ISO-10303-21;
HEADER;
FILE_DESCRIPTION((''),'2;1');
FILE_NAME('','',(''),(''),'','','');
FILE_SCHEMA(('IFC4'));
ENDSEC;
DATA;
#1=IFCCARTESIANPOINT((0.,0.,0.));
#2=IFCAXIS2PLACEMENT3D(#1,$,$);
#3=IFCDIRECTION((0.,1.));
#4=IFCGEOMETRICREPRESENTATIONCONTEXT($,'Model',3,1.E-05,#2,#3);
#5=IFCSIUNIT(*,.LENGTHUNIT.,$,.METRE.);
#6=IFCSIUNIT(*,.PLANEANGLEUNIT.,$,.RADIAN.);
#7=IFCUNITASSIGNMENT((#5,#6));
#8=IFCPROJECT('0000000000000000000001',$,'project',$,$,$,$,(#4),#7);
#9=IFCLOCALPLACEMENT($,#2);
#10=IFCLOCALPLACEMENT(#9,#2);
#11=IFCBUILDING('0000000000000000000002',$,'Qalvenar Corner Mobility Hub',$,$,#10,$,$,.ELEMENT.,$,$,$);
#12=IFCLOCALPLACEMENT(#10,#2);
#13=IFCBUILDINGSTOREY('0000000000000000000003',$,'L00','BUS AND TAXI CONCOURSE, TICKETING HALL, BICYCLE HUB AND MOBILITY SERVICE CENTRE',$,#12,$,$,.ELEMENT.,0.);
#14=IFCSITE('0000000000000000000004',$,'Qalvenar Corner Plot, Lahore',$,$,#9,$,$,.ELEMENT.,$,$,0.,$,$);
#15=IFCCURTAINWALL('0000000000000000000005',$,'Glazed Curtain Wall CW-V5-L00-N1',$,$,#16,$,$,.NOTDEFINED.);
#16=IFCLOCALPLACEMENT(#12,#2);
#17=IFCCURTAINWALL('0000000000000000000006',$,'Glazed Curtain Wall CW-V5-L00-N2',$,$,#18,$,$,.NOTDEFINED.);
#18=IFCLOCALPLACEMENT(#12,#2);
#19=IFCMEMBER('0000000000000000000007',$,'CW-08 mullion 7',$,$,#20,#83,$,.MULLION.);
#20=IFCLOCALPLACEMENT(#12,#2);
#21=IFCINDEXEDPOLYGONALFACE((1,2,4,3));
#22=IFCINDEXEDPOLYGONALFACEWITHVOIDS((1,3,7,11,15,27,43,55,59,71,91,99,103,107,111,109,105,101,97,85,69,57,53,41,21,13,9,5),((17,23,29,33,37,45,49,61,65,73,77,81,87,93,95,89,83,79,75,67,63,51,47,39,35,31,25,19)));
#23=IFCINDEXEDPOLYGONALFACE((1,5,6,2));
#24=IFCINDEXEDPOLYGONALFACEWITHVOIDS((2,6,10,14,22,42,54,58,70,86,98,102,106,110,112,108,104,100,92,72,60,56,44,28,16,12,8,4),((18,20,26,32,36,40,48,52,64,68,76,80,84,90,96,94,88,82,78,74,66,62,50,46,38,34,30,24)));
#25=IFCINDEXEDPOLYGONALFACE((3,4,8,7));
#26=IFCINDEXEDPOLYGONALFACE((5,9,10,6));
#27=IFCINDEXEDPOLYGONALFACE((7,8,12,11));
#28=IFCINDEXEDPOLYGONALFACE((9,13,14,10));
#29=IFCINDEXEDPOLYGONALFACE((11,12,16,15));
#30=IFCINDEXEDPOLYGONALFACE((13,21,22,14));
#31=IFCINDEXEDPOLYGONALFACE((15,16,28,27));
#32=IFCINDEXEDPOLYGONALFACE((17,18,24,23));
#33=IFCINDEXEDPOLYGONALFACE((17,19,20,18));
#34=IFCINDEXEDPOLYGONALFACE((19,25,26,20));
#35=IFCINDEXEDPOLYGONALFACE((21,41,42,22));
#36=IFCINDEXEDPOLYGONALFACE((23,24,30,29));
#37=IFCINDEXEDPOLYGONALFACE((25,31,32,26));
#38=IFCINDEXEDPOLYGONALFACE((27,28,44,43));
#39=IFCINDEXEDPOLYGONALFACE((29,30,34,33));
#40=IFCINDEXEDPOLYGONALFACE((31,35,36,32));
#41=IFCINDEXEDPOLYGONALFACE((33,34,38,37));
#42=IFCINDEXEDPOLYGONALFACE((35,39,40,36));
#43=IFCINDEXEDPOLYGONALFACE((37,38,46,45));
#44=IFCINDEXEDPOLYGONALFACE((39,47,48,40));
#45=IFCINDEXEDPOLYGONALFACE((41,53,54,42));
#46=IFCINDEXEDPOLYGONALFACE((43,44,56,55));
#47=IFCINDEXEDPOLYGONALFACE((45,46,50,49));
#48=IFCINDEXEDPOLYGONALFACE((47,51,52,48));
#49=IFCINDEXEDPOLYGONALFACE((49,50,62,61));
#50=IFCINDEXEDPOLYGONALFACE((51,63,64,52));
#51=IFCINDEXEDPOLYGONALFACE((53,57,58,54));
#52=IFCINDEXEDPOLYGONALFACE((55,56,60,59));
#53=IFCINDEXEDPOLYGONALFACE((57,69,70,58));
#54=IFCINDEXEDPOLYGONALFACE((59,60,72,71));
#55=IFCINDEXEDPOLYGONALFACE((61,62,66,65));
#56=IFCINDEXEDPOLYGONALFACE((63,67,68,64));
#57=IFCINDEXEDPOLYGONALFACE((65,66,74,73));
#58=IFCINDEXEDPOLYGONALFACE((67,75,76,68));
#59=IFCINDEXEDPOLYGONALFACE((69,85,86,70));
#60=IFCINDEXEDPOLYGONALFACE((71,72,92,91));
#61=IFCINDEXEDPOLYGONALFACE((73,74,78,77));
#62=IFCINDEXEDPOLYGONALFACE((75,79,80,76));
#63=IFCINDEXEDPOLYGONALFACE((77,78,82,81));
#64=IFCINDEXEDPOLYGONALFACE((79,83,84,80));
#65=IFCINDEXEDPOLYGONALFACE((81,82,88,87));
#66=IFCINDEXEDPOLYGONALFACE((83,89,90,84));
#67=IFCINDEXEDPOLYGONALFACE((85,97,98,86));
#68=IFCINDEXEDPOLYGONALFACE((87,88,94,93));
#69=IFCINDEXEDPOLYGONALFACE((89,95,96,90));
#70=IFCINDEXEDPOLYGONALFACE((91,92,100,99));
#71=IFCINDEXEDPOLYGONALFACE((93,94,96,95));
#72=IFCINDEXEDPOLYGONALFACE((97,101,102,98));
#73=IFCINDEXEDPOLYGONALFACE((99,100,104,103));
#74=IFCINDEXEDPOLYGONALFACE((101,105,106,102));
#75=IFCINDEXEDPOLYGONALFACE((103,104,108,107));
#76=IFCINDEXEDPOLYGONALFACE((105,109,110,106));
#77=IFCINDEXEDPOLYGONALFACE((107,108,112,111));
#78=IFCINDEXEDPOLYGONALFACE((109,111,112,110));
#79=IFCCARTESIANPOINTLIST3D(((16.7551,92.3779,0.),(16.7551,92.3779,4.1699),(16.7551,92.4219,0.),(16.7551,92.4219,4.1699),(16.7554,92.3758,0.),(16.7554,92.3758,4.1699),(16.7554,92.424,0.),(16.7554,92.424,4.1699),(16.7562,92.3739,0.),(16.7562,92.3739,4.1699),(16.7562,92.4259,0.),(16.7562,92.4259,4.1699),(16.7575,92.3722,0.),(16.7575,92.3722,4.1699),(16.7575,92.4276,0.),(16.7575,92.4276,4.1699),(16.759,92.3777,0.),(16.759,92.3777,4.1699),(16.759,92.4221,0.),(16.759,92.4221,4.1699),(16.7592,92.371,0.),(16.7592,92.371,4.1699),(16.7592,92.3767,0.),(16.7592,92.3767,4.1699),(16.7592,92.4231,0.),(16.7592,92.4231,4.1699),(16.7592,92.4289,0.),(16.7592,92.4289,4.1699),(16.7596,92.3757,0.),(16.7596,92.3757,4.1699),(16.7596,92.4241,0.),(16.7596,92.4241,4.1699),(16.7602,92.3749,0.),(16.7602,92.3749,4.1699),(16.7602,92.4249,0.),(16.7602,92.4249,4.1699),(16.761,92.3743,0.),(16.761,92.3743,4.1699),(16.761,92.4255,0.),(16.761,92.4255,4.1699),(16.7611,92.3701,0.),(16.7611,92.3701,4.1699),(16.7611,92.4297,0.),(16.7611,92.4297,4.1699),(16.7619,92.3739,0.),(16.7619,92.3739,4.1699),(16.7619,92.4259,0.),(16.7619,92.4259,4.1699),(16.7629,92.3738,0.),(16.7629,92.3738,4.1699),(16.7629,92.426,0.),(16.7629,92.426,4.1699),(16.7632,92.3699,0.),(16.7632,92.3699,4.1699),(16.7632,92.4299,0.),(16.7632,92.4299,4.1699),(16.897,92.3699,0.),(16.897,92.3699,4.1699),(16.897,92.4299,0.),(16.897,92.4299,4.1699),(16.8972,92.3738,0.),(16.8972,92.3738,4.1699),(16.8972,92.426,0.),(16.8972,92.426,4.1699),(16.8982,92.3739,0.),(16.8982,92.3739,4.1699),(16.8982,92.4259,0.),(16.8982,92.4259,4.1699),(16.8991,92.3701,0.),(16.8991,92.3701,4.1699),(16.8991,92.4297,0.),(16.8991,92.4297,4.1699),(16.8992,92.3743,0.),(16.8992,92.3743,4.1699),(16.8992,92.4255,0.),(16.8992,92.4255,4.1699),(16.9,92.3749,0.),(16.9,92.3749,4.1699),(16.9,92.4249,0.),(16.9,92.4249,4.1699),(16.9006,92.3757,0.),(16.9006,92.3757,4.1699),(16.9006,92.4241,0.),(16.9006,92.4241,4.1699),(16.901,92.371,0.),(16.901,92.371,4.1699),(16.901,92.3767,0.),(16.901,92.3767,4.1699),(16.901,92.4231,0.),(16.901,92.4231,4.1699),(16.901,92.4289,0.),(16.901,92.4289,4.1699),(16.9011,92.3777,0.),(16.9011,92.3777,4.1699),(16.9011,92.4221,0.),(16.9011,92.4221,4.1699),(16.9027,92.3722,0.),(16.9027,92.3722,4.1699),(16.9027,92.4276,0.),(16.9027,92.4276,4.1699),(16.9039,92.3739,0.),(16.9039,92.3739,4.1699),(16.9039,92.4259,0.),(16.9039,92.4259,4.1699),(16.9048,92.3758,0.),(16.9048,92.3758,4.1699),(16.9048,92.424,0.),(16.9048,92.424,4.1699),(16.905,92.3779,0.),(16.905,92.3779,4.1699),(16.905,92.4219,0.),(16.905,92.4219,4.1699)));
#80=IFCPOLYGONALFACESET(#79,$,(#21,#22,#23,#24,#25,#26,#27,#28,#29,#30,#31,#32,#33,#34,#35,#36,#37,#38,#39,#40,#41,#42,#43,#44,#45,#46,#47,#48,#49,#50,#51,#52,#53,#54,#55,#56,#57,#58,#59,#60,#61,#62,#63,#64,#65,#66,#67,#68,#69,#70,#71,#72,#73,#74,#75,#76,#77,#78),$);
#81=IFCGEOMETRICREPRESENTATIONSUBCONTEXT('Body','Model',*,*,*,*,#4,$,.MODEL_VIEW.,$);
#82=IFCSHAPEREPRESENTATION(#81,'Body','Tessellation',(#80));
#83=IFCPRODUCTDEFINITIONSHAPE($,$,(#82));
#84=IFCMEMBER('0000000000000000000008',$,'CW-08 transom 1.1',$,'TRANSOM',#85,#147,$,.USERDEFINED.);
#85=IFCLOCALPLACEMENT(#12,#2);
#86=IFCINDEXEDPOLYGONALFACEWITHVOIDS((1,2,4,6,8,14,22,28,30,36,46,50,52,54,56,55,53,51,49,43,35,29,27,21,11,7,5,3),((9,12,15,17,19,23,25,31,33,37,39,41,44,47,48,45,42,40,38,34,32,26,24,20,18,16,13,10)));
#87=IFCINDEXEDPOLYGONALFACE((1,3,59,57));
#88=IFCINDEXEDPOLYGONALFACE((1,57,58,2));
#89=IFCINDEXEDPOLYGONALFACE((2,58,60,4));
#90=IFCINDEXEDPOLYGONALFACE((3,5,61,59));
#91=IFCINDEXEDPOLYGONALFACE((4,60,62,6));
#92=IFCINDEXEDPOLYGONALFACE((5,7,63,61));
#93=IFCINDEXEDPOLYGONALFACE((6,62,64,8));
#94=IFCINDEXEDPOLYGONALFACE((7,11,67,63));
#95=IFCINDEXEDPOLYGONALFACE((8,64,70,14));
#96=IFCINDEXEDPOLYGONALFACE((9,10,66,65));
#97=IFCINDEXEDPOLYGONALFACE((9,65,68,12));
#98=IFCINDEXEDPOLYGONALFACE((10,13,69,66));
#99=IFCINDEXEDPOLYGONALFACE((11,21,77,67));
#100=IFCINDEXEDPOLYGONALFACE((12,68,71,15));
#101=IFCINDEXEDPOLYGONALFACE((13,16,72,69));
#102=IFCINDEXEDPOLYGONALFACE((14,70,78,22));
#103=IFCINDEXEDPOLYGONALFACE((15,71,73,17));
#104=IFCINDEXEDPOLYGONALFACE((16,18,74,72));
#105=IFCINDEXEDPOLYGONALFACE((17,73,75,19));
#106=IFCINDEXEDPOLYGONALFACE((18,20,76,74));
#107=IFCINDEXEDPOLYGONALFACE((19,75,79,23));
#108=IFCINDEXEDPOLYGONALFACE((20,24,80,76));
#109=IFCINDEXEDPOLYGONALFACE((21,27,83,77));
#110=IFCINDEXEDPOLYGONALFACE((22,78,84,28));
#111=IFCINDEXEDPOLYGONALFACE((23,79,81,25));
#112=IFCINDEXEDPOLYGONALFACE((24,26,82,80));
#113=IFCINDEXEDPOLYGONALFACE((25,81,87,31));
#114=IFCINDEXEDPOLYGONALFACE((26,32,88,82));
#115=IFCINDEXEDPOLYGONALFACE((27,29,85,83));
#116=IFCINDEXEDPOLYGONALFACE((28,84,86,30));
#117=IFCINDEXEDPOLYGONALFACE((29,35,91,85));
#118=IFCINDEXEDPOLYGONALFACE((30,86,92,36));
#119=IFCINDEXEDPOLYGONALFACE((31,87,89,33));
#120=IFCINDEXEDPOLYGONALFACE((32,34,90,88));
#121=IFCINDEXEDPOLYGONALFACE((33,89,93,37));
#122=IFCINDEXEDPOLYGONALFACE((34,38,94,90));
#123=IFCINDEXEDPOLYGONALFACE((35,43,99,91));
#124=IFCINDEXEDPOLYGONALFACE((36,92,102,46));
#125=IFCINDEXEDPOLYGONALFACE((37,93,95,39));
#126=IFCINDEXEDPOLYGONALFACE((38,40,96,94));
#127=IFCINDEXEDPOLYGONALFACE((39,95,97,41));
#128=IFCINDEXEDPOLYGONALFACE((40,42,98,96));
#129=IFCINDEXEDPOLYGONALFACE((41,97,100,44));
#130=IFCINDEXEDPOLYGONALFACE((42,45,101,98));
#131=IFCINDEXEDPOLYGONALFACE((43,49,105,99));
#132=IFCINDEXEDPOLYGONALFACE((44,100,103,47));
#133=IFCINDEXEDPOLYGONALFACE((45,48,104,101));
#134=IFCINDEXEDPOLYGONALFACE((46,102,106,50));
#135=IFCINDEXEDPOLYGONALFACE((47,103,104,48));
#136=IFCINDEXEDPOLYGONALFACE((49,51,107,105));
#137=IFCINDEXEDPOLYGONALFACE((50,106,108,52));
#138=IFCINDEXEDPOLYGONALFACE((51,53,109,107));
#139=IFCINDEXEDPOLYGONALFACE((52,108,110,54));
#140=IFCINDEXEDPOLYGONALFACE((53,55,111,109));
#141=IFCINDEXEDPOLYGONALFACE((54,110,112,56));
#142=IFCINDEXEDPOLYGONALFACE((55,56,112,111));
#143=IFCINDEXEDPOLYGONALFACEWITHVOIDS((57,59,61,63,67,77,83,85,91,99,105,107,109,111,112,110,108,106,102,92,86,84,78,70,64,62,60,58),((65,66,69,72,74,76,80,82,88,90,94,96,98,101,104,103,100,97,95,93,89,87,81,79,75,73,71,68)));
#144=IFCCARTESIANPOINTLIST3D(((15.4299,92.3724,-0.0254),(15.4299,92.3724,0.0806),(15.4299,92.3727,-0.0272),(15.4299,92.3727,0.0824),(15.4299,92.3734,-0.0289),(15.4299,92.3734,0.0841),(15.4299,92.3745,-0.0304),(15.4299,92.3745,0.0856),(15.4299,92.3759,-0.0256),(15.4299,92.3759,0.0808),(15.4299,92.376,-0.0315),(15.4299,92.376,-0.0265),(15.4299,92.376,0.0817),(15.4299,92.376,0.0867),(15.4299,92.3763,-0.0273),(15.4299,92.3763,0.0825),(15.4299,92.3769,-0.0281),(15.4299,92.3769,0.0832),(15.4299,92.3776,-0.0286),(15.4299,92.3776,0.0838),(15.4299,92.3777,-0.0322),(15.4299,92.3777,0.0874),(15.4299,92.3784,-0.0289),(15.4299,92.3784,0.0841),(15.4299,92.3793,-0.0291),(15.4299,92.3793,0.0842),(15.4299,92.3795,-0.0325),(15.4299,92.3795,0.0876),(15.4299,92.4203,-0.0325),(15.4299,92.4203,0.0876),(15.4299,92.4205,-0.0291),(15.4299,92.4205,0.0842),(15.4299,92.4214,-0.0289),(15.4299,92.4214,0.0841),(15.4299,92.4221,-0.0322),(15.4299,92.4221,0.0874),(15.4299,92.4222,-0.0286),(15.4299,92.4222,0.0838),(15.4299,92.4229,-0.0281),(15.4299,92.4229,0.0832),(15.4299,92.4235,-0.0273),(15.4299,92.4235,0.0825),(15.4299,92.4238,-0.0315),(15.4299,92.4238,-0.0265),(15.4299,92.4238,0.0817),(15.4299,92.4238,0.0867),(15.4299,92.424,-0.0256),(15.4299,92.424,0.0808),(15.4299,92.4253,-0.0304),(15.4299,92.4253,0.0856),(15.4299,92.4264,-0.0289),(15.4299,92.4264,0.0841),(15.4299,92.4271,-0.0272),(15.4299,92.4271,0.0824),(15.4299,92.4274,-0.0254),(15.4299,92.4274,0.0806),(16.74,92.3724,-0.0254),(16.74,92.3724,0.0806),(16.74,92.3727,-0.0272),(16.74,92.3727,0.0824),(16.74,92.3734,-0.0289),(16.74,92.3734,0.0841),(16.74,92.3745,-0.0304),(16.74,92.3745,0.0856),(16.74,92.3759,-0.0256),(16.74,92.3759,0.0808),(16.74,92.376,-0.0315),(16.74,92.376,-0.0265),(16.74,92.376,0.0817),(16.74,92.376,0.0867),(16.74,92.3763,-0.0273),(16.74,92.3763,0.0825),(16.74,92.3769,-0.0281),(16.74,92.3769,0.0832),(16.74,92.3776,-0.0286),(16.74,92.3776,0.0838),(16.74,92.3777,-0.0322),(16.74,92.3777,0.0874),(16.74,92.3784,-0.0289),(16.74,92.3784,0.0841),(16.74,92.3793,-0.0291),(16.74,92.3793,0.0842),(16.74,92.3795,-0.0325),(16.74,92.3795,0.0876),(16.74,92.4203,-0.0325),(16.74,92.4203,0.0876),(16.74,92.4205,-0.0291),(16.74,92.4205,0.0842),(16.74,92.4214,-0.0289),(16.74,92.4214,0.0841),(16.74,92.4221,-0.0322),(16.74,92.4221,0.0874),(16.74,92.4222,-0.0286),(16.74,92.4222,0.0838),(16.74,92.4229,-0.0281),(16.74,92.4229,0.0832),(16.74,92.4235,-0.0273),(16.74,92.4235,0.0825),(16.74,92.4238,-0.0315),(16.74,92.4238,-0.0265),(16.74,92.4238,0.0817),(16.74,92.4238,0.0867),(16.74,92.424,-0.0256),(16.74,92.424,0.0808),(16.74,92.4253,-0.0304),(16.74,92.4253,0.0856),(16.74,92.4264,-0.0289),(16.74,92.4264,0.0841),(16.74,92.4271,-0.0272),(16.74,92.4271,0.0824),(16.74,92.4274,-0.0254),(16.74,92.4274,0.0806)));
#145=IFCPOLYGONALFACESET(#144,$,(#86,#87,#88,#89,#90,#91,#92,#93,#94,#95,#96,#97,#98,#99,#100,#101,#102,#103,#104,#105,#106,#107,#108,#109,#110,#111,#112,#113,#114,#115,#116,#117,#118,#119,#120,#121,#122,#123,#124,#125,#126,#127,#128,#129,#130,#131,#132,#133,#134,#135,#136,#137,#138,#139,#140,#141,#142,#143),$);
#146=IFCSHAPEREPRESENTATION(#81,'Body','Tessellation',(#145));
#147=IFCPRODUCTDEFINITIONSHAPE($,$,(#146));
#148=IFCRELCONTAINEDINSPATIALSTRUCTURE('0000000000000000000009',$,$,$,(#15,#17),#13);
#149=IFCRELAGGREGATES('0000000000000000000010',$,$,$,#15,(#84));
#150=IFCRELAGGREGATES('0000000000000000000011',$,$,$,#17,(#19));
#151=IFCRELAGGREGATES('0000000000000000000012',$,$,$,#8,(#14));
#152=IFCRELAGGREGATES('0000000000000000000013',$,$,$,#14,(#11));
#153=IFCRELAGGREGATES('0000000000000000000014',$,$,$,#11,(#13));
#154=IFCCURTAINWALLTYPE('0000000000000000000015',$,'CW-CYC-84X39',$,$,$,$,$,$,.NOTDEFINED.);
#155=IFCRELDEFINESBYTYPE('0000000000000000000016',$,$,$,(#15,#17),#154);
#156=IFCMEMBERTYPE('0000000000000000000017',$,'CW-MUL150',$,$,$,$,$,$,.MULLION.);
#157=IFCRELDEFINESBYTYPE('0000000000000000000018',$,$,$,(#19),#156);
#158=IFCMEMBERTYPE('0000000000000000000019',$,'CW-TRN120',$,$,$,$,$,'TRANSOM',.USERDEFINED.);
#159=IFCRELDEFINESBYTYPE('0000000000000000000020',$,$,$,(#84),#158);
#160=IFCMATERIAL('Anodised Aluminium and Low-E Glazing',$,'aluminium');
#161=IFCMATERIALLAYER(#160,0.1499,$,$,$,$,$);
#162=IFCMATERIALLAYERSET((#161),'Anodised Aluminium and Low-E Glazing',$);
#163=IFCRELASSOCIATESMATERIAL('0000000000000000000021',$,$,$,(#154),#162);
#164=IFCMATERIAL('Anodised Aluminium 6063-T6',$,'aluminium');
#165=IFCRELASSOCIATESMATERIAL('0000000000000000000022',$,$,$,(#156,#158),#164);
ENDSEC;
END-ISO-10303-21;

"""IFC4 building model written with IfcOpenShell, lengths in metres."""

from ifc_helpers import new_model, si_unit, direction, frame, origin, origin_2d, place, context, subcontext, project, spatial, hollow_rectangle, extrude, material, layer, layer_set, material_profile, profile_set, type_object, element, aggregate, save


model = new_model("IFC4")

# Units and contexts
model_context = context("Model", 3, precision=1e-05, world=origin(), true_north=direction((0.0, 1.0)))
body_context = subcontext(model_context, "Body", "Model", "MODEL_VIEW")
ifc_project = project(units=[si_unit("LENGTHUNIT", "METRE"), si_unit("PLANEANGLEUNIT", "RADIAN")], contexts=[model_context])

# Site, building, storey
site_placement = place(None, origin())
site = spatial("IfcSite", under=ifc_project, at=site_placement, Name="Qalvenar Corner Plot, Lahore", CompositionType="ELEMENT", RefElevation=0.0)
building_placement = place(site_placement, origin())
building = spatial("IfcBuilding", under=site, at=building_placement, Name="Qalvenar Corner Mobility Hub", CompositionType="ELEMENT")
storey_placement = place(building_placement, origin())
storey = spatial("IfcBuildingStorey", under=building, at=storey_placement, Name="L00", Description="BUS AND TAXI CONCOURSE, TICKETING HALL, BICYCLE HUB AND MOBILITY SERVICE CENTRE", CompositionType="ELEMENT", Elevation=0.0)

# Curtain wall
ifc_material_1 = material(Name="Anodised Aluminium and Low-E Glazing", Category="aluminium")
ifc_layer_1 = layer(ifc_material_1, 0.1499)
ifc_layer_set_1 = layer_set([ifc_layer_1], Name="Anodised Aluminium and Low-E Glazing")
curtain_wall_type = type_object("IfcCurtainWallType", Name="CW-CYC-84X39", PredefinedType="NOTDEFINED", material=ifc_layer_set_1)
curtain_wall_1_placement = place(storey_placement, origin())
curtain_wall_1 = element("IfcCurtainWall", 1, at=curtain_wall_1_placement, inside=storey, type_object=curtain_wall_type, Name="Glazed Curtain Wall CW-V5-L00-N1", PredefinedType="NOTDEFINED")
ifc_material_2 = material(Name="Anodised Aluminium 6063-T6", Category="aluminium")
ifc_material_profile_1 = material_profile(ifc_material_2, hollow_rectangle(XDim=0.0601, YDim=0.1499, WallThickness=0.0039, InnerFilletRadius=0.0039, OuterFilletRadius=0.0081, at=origin_2d()), Name="RHS150x60x4")
ifc_profile_set_1 = profile_set([ifc_material_profile_1], Name="Anodised Aluminium 6063-T6")
member_type_1 = type_object("IfcMemberType", Name="CW-MUL150", PredefinedType="MULLION", material=ifc_profile_set_1)

# Curtain wall, member
curtain_wall_2_placement = place(storey_placement, origin())
curtain_wall_2 = element("IfcCurtainWall", 2, at=curtain_wall_2_placement, inside=storey, type_object=curtain_wall_type, Name="Glazed Curtain Wall CW-V5-L00-N2", PredefinedType="NOTDEFINED")
member_1_placement = place(storey_placement, frame((16.8301, 92.3999, 0.0), z_axis=(0.0, 0.0, 1.0), x_axis=(0.0, -1.0, 0.0)))
member_1 = element("IfcMember", 3, at=member_1_placement, type_object=member_type_1, Name="CW-08 mullion 7", PredefinedType="MULLION", context=body_context, shape_type="SweptSolid", body=[
    extrude(hollow_rectangle(XDim=0.0601, YDim=0.1499, WallThickness=0.0039, InnerFilletRadius=0.0039, OuterFilletRadius=0.0081, at=origin_2d()), origin(), (0.0, 0.0, 1.0), 4.1699),
])

# Member
ifc_material_profile_2 = material_profile(ifc_material_2, hollow_rectangle(XDim=0.0549, YDim=0.1201, WallThickness=0.0034, InnerFilletRadius=0.0034, OuterFilletRadius=0.0071, at=origin_2d()), Name="RHS120x55x3.5")
ifc_profile_set_2 = profile_set([ifc_material_profile_2], Name="Anodised Aluminium 6063-T6")
member_type_2 = type_object("IfcMemberType", Name="CW-TRN120", ElementType="TRANSOM", PredefinedType="USERDEFINED", material=ifc_profile_set_2)
member_2_placement = place(storey_placement, frame((16.74, 92.3999, 0.0276), z_axis=(-1.0, 0.0, 0.0), x_axis=(0.0, -1.0, 0.0)))
member_2 = element("IfcMember", 4, at=member_2_placement, type_object=member_type_2, Name="CW-08 transom 1.1", ObjectType="TRANSOM", PredefinedType="USERDEFINED", context=body_context, shape_type="SweptSolid", body=[
    extrude(hollow_rectangle(XDim=0.0549, YDim=0.1201, WallThickness=0.0034, InnerFilletRadius=0.0034, OuterFilletRadius=0.0071, at=origin_2d()), origin(), (0.0, 0.0, 1.0), 1.3101),
])

aggregate(curtain_wall_1, [member_2])
aggregate(curtain_wall_2, [member_1])

save(model, "model.ifc")
